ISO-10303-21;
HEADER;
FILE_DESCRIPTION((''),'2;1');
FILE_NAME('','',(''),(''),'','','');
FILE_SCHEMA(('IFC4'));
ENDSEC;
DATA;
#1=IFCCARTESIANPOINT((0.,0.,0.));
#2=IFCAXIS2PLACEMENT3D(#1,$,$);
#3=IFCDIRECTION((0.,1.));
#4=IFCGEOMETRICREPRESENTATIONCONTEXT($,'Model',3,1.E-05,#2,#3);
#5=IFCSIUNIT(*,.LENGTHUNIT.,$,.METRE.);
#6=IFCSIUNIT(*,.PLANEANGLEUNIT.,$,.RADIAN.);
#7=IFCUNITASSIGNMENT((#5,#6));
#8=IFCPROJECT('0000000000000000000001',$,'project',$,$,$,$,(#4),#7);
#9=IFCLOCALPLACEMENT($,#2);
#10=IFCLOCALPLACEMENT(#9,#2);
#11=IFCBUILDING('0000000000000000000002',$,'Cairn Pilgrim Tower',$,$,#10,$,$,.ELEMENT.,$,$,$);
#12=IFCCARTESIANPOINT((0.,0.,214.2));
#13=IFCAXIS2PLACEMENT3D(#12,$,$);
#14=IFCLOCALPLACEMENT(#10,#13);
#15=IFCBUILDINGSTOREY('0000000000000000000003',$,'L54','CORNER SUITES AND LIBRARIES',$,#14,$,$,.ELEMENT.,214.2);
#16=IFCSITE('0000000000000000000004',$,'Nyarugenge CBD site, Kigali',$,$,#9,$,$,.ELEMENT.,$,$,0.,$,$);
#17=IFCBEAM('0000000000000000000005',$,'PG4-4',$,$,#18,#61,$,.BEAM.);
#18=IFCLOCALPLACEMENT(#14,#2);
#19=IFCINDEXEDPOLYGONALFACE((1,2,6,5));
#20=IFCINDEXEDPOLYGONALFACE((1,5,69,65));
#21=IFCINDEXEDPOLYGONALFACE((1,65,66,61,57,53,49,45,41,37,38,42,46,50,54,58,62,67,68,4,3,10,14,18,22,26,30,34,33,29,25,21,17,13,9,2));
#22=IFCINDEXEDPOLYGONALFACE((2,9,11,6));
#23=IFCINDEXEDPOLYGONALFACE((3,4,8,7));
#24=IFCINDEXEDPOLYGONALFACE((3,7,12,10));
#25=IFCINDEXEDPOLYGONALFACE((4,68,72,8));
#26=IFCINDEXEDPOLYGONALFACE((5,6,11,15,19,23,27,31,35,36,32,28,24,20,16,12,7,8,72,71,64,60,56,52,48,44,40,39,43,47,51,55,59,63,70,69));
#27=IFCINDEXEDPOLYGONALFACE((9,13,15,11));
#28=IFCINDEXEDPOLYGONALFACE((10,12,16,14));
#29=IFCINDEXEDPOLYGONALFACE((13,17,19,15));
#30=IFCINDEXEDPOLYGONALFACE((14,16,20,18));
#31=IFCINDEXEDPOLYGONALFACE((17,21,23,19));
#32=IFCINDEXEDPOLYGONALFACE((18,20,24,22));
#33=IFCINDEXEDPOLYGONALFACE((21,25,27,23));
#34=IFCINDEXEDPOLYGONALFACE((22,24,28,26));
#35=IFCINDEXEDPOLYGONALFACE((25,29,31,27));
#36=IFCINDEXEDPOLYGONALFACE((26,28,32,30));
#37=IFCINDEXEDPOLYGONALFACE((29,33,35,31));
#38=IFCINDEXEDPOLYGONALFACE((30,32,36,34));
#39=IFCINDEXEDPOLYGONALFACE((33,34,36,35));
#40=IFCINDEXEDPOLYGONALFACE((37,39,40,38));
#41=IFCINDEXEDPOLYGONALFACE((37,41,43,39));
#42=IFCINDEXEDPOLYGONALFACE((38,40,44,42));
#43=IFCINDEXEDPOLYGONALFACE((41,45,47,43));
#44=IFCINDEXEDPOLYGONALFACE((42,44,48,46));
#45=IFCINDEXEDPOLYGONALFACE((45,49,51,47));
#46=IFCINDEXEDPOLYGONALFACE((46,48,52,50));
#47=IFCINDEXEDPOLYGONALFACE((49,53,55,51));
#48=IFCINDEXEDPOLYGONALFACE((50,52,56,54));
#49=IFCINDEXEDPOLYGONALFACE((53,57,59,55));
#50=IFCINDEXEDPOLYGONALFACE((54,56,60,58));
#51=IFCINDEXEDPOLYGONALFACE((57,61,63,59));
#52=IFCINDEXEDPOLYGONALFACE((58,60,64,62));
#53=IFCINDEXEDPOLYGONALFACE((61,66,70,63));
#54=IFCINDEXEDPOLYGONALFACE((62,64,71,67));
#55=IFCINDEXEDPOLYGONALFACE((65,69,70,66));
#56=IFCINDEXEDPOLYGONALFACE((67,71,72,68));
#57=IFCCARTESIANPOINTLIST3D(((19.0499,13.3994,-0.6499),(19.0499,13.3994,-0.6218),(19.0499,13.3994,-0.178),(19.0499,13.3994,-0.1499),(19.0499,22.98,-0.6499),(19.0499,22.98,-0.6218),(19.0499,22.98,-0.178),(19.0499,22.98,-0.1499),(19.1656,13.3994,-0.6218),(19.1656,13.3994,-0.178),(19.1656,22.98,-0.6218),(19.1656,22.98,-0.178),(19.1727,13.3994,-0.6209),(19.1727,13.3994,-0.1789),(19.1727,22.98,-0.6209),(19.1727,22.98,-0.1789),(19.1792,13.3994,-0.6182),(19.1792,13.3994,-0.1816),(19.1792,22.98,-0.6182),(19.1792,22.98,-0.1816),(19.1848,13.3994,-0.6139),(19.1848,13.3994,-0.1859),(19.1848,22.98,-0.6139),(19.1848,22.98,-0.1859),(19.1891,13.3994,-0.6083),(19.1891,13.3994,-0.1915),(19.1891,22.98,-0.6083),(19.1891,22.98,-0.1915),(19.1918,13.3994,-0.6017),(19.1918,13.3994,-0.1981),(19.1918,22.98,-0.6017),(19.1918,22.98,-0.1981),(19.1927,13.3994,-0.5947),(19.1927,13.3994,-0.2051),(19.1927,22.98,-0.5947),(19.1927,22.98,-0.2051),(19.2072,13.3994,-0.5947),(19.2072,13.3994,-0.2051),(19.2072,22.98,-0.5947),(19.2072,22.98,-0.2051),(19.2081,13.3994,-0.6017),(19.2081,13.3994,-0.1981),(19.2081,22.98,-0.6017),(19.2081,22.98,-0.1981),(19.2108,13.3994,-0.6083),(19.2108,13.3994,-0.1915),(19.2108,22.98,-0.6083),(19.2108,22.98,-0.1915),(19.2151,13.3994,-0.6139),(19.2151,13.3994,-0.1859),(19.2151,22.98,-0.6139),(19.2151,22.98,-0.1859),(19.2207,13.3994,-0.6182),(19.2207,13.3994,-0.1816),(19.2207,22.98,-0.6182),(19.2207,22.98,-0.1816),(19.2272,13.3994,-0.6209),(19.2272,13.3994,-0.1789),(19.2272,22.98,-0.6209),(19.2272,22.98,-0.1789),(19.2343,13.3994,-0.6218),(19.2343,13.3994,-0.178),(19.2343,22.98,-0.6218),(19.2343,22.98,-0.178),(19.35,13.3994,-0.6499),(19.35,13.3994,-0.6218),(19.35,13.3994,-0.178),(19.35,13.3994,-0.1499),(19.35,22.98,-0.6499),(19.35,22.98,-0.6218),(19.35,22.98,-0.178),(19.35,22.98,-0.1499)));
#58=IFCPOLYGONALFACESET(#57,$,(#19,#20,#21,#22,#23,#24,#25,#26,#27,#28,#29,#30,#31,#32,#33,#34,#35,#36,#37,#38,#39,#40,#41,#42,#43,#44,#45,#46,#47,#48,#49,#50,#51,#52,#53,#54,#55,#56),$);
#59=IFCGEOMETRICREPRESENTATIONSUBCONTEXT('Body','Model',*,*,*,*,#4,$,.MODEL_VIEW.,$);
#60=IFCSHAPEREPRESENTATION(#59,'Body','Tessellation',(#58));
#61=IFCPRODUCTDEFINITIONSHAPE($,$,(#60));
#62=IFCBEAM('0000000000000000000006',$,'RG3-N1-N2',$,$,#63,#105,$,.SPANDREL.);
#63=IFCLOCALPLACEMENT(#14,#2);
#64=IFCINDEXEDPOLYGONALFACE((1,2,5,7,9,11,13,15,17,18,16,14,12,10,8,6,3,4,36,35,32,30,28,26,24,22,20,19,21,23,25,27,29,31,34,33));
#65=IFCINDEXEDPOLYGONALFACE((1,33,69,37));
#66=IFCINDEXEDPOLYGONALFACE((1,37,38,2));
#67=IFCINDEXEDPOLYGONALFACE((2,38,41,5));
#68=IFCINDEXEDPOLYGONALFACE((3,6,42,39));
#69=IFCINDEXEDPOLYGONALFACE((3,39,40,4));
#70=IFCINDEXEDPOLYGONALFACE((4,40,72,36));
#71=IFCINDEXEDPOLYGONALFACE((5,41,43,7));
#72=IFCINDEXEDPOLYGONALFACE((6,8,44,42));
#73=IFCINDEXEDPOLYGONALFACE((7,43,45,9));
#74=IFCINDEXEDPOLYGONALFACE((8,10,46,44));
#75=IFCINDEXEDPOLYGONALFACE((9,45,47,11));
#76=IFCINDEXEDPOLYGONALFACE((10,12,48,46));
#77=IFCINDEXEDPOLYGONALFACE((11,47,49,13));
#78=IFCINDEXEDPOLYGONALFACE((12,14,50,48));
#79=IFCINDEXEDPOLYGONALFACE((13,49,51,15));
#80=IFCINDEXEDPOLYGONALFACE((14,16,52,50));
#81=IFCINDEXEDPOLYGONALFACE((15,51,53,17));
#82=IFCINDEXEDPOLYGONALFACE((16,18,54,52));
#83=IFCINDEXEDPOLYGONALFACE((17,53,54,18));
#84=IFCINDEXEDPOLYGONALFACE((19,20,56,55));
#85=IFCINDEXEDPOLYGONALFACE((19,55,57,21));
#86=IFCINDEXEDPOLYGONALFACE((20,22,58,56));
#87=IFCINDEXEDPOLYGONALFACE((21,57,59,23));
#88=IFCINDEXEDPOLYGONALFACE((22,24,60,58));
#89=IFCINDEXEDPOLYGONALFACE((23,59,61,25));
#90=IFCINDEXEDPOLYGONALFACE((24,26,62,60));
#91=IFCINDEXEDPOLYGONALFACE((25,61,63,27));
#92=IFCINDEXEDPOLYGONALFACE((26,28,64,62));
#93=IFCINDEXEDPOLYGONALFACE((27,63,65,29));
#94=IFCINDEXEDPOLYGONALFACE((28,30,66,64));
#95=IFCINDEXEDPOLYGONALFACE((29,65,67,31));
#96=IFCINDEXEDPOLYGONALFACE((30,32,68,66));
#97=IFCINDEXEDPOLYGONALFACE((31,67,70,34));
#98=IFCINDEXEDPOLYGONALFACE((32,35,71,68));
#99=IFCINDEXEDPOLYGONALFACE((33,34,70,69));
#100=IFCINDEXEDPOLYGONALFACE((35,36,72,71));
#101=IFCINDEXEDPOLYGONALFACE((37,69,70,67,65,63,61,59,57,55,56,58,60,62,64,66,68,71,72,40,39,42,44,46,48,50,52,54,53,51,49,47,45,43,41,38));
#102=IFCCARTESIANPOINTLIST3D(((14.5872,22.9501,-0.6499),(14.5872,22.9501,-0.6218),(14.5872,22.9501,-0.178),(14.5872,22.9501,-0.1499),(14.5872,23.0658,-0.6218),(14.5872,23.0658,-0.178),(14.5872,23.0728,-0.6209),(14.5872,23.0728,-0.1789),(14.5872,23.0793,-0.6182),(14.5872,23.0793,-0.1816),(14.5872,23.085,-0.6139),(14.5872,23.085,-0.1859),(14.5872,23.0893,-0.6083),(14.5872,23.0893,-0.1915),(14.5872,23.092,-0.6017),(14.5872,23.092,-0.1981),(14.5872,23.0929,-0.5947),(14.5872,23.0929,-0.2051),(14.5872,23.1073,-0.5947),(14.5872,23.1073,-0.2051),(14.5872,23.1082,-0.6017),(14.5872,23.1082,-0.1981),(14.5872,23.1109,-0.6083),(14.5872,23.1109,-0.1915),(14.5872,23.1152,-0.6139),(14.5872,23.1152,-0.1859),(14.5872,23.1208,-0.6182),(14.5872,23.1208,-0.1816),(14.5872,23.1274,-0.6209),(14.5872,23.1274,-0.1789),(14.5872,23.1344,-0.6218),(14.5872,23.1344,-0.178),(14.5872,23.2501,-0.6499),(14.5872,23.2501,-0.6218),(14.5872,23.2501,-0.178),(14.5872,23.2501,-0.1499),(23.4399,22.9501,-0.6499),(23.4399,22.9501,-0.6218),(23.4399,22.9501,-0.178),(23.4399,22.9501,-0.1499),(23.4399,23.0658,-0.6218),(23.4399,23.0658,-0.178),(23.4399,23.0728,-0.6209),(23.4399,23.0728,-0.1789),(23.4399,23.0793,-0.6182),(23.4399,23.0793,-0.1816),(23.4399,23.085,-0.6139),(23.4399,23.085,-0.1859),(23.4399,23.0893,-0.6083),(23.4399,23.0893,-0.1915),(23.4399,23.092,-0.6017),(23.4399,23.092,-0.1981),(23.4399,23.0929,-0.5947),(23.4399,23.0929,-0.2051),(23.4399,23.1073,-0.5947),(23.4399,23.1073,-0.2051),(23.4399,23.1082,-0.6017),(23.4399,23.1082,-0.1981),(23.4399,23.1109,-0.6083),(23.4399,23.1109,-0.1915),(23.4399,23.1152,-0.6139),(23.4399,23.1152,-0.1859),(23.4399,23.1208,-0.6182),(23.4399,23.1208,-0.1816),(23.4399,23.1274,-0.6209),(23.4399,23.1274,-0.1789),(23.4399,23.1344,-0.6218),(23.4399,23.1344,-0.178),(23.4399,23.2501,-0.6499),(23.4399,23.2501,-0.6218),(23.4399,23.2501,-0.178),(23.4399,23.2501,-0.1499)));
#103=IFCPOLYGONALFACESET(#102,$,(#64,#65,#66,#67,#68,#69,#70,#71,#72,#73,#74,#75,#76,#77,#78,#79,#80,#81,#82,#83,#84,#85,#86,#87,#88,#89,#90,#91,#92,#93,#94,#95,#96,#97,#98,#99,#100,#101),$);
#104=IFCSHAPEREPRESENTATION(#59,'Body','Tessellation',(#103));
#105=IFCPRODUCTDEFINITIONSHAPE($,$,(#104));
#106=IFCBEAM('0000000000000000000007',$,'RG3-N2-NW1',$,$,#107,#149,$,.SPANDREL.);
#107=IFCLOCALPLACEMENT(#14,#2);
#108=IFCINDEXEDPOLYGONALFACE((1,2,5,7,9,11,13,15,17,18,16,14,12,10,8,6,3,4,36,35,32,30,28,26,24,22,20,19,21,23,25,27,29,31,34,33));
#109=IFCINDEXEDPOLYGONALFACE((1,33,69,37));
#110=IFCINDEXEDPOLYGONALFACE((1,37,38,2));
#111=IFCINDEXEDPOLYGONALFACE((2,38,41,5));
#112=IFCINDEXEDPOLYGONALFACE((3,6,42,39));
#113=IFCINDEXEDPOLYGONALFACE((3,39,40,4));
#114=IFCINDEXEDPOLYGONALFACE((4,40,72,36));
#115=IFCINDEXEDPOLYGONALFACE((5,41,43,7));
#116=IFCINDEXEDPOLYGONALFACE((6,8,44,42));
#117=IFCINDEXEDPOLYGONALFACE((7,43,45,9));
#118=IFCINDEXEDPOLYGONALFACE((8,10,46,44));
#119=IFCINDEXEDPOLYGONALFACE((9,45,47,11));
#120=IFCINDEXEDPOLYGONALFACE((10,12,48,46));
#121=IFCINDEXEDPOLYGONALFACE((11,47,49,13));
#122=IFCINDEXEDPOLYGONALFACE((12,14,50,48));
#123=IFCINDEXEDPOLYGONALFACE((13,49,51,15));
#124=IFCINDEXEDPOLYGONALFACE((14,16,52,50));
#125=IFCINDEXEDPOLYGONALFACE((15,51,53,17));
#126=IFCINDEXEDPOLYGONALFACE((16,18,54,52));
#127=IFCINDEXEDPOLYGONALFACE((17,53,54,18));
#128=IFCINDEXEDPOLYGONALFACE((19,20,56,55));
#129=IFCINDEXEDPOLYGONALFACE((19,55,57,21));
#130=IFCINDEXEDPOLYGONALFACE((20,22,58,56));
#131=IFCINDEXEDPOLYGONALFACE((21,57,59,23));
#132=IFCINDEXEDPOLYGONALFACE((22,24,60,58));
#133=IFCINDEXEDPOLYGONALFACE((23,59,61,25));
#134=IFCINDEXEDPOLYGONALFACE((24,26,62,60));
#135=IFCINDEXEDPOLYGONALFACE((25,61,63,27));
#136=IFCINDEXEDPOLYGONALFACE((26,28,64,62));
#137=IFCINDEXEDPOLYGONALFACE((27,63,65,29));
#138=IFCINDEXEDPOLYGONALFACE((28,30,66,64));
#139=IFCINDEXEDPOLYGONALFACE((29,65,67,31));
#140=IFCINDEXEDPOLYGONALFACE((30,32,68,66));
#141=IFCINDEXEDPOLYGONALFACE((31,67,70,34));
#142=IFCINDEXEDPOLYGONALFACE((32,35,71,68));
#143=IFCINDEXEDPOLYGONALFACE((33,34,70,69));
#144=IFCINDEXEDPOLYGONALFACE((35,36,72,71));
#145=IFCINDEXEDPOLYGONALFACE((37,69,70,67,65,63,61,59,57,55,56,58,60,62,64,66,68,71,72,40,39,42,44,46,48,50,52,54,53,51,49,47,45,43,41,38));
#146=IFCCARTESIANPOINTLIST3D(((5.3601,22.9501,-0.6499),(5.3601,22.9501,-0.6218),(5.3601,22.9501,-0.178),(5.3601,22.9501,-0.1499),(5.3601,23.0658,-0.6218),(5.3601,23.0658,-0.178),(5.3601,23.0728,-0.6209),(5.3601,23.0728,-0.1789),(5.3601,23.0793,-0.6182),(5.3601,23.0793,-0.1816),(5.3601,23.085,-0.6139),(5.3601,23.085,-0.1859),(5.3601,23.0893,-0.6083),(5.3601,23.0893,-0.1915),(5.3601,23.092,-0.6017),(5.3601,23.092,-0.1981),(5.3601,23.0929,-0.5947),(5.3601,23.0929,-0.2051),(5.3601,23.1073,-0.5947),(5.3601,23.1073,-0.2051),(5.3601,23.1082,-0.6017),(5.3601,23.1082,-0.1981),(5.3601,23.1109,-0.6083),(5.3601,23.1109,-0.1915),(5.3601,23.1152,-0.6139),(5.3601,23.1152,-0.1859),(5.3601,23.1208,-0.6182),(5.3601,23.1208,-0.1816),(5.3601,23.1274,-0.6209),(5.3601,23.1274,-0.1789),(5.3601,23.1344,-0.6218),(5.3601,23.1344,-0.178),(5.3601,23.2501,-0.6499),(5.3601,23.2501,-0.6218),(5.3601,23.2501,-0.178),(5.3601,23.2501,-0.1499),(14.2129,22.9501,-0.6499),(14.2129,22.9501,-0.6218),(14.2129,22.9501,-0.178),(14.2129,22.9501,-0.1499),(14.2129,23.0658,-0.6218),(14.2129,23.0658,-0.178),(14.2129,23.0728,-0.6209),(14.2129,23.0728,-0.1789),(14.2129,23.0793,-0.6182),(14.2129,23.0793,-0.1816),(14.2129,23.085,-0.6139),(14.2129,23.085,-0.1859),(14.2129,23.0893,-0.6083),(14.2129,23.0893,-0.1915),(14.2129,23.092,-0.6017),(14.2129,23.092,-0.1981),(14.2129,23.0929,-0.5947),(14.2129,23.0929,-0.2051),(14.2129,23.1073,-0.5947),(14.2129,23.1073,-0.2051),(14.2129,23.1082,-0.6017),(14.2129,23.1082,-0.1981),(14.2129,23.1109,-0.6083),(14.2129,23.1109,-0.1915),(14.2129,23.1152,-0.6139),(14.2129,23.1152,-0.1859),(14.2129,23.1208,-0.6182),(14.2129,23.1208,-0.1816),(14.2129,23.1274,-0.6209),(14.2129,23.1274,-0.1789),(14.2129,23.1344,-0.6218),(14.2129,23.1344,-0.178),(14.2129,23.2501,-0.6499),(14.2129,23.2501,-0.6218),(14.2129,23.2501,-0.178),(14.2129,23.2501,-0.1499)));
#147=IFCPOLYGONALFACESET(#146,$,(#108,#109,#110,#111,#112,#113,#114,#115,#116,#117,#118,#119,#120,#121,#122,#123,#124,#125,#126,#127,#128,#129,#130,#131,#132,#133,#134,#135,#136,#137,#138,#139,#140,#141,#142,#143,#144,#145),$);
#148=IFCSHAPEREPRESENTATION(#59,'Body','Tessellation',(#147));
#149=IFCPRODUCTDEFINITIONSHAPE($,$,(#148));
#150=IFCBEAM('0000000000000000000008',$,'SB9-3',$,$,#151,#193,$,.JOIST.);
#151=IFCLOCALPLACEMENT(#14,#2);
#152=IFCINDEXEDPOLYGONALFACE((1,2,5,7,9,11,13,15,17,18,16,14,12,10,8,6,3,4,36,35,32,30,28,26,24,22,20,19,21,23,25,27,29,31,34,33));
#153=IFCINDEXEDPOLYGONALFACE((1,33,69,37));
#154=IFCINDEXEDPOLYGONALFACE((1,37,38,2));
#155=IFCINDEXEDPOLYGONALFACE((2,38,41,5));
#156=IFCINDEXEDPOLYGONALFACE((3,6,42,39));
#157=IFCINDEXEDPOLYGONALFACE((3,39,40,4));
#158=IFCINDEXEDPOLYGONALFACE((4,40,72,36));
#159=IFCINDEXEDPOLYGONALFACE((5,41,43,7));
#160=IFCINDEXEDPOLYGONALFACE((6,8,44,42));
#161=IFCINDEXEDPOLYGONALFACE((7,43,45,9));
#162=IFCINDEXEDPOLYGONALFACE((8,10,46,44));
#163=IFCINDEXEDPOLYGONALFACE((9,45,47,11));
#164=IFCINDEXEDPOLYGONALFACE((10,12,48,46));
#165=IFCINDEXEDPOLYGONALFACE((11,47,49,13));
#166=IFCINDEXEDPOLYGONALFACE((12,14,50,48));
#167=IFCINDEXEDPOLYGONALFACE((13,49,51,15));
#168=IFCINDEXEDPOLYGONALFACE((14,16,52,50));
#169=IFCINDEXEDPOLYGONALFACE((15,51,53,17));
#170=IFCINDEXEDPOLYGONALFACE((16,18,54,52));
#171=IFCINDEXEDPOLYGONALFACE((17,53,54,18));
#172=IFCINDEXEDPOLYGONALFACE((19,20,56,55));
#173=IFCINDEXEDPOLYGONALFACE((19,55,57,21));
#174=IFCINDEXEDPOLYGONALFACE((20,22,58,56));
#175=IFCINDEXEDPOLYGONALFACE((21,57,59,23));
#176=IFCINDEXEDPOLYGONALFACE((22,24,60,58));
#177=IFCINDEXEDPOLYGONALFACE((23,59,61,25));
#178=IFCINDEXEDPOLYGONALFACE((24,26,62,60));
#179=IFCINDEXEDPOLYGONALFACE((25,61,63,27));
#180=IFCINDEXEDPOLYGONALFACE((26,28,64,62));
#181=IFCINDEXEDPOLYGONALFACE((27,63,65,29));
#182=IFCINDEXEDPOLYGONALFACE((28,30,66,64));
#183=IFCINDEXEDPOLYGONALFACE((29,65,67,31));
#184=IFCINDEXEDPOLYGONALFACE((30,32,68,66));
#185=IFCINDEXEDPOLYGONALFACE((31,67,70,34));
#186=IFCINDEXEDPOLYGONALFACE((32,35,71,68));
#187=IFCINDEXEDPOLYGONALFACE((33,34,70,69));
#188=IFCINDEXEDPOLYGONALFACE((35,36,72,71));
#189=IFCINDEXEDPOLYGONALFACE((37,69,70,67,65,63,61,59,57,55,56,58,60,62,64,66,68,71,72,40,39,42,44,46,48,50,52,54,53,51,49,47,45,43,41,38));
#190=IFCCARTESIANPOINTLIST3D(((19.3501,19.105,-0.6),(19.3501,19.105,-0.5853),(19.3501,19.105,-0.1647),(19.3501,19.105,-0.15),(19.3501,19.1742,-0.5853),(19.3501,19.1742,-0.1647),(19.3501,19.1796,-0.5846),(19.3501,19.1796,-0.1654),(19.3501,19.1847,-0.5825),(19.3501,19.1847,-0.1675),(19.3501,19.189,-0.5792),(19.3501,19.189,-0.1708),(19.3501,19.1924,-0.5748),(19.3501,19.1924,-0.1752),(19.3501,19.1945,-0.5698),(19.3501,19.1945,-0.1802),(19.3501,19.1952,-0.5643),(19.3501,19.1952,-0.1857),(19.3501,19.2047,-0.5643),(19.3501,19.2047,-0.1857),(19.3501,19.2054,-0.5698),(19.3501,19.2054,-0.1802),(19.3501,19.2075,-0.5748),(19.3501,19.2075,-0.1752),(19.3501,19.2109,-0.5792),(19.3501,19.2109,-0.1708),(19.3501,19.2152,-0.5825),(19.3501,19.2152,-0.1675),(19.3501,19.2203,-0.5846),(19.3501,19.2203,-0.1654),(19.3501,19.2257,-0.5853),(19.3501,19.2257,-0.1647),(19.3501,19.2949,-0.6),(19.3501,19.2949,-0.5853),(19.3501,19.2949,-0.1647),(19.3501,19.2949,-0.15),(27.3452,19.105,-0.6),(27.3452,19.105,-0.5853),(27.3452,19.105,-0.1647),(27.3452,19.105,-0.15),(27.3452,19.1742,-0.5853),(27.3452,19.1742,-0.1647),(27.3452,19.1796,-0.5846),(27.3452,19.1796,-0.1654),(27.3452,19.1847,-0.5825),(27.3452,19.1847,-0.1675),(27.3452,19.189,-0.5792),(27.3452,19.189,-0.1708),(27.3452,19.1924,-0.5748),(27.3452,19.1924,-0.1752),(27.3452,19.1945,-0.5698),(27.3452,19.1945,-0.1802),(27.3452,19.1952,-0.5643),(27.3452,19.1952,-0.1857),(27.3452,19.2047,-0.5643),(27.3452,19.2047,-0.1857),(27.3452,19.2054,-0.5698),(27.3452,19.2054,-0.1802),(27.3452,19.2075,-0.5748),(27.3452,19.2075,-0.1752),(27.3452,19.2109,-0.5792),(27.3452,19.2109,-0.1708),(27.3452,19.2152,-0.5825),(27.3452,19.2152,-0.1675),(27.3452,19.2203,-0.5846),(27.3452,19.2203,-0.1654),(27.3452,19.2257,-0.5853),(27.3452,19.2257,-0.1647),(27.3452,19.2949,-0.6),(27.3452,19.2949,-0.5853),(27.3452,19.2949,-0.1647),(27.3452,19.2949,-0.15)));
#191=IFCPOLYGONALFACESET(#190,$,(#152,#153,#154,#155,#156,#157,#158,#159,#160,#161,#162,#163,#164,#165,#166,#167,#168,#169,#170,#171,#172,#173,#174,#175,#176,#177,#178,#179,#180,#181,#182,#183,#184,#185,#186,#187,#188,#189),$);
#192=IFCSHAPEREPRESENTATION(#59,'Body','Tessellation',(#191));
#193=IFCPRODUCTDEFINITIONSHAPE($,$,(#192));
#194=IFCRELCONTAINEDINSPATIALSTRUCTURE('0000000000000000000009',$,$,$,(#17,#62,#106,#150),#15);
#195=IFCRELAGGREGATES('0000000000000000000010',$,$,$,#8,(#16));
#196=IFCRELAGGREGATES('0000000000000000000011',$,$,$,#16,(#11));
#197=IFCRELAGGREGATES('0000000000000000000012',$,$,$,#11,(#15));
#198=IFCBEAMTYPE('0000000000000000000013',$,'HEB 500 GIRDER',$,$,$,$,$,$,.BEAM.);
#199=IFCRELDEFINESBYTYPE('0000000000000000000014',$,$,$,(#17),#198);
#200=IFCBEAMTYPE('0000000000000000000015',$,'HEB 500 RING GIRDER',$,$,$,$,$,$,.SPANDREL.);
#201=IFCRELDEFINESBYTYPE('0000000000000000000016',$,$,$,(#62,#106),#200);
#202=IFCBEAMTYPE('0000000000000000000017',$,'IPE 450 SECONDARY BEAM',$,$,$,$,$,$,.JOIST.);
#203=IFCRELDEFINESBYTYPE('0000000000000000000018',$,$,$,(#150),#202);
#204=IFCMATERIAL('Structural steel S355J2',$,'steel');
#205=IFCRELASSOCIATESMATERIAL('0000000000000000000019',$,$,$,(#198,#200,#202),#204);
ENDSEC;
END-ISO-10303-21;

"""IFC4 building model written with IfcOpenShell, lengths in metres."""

from ifc_helpers import new_model, si_unit, direction, frame, origin, origin_2d, place, context, subcontext, project, spatial, i_section, extrude, material, material_profile, profile_set, type_object, element, save


model = new_model("IFC4")

# Units and contexts
model_context = context("Model", 3, precision=1e-05, world=origin(), true_north=direction((0.0, 1.0)))
body_context = subcontext(model_context, "Body", "Model", "MODEL_VIEW")
ifc_project = project(units=[si_unit("LENGTHUNIT", "METRE"), si_unit("PLANEANGLEUNIT", "RADIAN")], contexts=[model_context])

# Site, building, storey
site_placement = place(None, origin())
site = spatial("IfcSite", under=ifc_project, at=site_placement, Name="Nyarugenge CBD site, Kigali", CompositionType="ELEMENT", RefElevation=0.0)
building_placement = place(site_placement, origin())
building = spatial("IfcBuilding", under=site, at=building_placement, Name="Cairn Pilgrim Tower", CompositionType="ELEMENT")
storey_placement = place(building_placement, frame((0.0, 0.0, 214.2)))
storey = spatial("IfcBuildingStorey", under=building, at=storey_placement, Name="L54", Description="CORNER SUITES AND LIBRARIES", CompositionType="ELEMENT", Elevation=214.2)

# Shared definitions
ifc_material_1 = material(Name="Structural steel S355J2", Category="steel")

# Beams
ifc_material_profile_1 = material_profile(ifc_material_1, i_section(OverallWidth=0.3, OverallDepth=0.5, WebThickness=0.0144, FlangeThickness=0.0281, FilletRadius=0.0271, at=origin_2d()), Name="HEB 500")
ifc_profile_set_1 = profile_set([ifc_material_profile_1], Name="Structural steel S355J2")
beam_type_1 = type_object("IfcBeamType", Name="HEB 500 GIRDER", PredefinedType="BEAM", material=ifc_profile_set_1)
beam_1_placement = place(storey_placement, frame((19.2, 13.3994, -0.3999), z_axis=(0.0, 1.0, 0.0), x_axis=(-1.0, 0.0, 0.0)))
element("IfcBeam", 1, at=beam_1_placement, inside=storey, type_object=beam_type_1, Name="PG4-4", PredefinedType="BEAM", context=body_context, shape_type="SweptSolid", body=[
    extrude(i_section(OverallWidth=0.3, OverallDepth=0.5, WebThickness=0.0144, FlangeThickness=0.0281, FilletRadius=0.0271, at=origin_2d()), origin(), (0.0, 0.0, 1.0), 9.5806),
])
ifc_material_profile_2 = material_profile(ifc_material_1, i_section(OverallWidth=0.3, OverallDepth=0.5, WebThickness=0.0144, FlangeThickness=0.0281, FilletRadius=0.0271, at=origin_2d()), Name="HEB 500")
ifc_profile_set_2 = profile_set([ifc_material_profile_2], Name="Structural steel S355J2")
beam_type_2 = type_object("IfcBeamType", Name="HEB 500 RING GIRDER", PredefinedType="SPANDREL", material=ifc_profile_set_2)
for number, where, z_axis, x_axis, name in (
    (2, (23.4399, 23.1001, -0.3999), (-1.0, 0.0, 0.0), (0.0, -1.0, 0.0), "RG3-N1-N2"),
    (3, (14.2129, 23.1001, -0.3999), (-1.0, 0.0, 0.0), (0.0, -1.0, 0.0), "RG3-N2-NW1"),
):
    element("IfcBeam", number, at=place(storey_placement, frame(where, z_axis=z_axis, x_axis=x_axis)), inside=storey, type_object=beam_type_2, Name=name, PredefinedType="SPANDREL", context=body_context, shape_type="SweptSolid", body=[
        extrude(i_section(OverallWidth=0.3, OverallDepth=0.5, WebThickness=0.0144, FlangeThickness=0.0281, FilletRadius=0.0271, at=origin_2d()), origin(), (0.0, 0.0, 1.0), 8.8528),
    ])
ifc_material_profile_3 = material_profile(ifc_material_1, i_section(OverallWidth=0.1899, OverallDepth=0.45, WebThickness=0.0095, FlangeThickness=0.0146, FilletRadius=0.021, at=origin_2d()), Name="IPE 450")
ifc_profile_set_3 = profile_set([ifc_material_profile_3], Name="Structural steel S355J2")
beam_type_3 = type_object("IfcBeamType", Name="IPE 450 SECONDARY BEAM", PredefinedType="JOIST", material=ifc_profile_set_3)
beam_2_placement = place(storey_placement, frame((19.3501, 19.2, -0.375), z_axis=(1.0, 0.0, 0.0), x_axis=(0.0, 1.0, 0.0)))
element("IfcBeam", 4, at=beam_2_placement, inside=storey, type_object=beam_type_3, Name="SB9-3", PredefinedType="JOIST", context=body_context, shape_type="SweptSolid", body=[
    extrude(i_section(OverallWidth=0.1899, OverallDepth=0.45, WebThickness=0.0095, FlangeThickness=0.0146, FilletRadius=0.021, at=origin_2d()), origin(), (0.0, 0.0, 1.0), 7.9951),
])

save(model, "model.ifc")
